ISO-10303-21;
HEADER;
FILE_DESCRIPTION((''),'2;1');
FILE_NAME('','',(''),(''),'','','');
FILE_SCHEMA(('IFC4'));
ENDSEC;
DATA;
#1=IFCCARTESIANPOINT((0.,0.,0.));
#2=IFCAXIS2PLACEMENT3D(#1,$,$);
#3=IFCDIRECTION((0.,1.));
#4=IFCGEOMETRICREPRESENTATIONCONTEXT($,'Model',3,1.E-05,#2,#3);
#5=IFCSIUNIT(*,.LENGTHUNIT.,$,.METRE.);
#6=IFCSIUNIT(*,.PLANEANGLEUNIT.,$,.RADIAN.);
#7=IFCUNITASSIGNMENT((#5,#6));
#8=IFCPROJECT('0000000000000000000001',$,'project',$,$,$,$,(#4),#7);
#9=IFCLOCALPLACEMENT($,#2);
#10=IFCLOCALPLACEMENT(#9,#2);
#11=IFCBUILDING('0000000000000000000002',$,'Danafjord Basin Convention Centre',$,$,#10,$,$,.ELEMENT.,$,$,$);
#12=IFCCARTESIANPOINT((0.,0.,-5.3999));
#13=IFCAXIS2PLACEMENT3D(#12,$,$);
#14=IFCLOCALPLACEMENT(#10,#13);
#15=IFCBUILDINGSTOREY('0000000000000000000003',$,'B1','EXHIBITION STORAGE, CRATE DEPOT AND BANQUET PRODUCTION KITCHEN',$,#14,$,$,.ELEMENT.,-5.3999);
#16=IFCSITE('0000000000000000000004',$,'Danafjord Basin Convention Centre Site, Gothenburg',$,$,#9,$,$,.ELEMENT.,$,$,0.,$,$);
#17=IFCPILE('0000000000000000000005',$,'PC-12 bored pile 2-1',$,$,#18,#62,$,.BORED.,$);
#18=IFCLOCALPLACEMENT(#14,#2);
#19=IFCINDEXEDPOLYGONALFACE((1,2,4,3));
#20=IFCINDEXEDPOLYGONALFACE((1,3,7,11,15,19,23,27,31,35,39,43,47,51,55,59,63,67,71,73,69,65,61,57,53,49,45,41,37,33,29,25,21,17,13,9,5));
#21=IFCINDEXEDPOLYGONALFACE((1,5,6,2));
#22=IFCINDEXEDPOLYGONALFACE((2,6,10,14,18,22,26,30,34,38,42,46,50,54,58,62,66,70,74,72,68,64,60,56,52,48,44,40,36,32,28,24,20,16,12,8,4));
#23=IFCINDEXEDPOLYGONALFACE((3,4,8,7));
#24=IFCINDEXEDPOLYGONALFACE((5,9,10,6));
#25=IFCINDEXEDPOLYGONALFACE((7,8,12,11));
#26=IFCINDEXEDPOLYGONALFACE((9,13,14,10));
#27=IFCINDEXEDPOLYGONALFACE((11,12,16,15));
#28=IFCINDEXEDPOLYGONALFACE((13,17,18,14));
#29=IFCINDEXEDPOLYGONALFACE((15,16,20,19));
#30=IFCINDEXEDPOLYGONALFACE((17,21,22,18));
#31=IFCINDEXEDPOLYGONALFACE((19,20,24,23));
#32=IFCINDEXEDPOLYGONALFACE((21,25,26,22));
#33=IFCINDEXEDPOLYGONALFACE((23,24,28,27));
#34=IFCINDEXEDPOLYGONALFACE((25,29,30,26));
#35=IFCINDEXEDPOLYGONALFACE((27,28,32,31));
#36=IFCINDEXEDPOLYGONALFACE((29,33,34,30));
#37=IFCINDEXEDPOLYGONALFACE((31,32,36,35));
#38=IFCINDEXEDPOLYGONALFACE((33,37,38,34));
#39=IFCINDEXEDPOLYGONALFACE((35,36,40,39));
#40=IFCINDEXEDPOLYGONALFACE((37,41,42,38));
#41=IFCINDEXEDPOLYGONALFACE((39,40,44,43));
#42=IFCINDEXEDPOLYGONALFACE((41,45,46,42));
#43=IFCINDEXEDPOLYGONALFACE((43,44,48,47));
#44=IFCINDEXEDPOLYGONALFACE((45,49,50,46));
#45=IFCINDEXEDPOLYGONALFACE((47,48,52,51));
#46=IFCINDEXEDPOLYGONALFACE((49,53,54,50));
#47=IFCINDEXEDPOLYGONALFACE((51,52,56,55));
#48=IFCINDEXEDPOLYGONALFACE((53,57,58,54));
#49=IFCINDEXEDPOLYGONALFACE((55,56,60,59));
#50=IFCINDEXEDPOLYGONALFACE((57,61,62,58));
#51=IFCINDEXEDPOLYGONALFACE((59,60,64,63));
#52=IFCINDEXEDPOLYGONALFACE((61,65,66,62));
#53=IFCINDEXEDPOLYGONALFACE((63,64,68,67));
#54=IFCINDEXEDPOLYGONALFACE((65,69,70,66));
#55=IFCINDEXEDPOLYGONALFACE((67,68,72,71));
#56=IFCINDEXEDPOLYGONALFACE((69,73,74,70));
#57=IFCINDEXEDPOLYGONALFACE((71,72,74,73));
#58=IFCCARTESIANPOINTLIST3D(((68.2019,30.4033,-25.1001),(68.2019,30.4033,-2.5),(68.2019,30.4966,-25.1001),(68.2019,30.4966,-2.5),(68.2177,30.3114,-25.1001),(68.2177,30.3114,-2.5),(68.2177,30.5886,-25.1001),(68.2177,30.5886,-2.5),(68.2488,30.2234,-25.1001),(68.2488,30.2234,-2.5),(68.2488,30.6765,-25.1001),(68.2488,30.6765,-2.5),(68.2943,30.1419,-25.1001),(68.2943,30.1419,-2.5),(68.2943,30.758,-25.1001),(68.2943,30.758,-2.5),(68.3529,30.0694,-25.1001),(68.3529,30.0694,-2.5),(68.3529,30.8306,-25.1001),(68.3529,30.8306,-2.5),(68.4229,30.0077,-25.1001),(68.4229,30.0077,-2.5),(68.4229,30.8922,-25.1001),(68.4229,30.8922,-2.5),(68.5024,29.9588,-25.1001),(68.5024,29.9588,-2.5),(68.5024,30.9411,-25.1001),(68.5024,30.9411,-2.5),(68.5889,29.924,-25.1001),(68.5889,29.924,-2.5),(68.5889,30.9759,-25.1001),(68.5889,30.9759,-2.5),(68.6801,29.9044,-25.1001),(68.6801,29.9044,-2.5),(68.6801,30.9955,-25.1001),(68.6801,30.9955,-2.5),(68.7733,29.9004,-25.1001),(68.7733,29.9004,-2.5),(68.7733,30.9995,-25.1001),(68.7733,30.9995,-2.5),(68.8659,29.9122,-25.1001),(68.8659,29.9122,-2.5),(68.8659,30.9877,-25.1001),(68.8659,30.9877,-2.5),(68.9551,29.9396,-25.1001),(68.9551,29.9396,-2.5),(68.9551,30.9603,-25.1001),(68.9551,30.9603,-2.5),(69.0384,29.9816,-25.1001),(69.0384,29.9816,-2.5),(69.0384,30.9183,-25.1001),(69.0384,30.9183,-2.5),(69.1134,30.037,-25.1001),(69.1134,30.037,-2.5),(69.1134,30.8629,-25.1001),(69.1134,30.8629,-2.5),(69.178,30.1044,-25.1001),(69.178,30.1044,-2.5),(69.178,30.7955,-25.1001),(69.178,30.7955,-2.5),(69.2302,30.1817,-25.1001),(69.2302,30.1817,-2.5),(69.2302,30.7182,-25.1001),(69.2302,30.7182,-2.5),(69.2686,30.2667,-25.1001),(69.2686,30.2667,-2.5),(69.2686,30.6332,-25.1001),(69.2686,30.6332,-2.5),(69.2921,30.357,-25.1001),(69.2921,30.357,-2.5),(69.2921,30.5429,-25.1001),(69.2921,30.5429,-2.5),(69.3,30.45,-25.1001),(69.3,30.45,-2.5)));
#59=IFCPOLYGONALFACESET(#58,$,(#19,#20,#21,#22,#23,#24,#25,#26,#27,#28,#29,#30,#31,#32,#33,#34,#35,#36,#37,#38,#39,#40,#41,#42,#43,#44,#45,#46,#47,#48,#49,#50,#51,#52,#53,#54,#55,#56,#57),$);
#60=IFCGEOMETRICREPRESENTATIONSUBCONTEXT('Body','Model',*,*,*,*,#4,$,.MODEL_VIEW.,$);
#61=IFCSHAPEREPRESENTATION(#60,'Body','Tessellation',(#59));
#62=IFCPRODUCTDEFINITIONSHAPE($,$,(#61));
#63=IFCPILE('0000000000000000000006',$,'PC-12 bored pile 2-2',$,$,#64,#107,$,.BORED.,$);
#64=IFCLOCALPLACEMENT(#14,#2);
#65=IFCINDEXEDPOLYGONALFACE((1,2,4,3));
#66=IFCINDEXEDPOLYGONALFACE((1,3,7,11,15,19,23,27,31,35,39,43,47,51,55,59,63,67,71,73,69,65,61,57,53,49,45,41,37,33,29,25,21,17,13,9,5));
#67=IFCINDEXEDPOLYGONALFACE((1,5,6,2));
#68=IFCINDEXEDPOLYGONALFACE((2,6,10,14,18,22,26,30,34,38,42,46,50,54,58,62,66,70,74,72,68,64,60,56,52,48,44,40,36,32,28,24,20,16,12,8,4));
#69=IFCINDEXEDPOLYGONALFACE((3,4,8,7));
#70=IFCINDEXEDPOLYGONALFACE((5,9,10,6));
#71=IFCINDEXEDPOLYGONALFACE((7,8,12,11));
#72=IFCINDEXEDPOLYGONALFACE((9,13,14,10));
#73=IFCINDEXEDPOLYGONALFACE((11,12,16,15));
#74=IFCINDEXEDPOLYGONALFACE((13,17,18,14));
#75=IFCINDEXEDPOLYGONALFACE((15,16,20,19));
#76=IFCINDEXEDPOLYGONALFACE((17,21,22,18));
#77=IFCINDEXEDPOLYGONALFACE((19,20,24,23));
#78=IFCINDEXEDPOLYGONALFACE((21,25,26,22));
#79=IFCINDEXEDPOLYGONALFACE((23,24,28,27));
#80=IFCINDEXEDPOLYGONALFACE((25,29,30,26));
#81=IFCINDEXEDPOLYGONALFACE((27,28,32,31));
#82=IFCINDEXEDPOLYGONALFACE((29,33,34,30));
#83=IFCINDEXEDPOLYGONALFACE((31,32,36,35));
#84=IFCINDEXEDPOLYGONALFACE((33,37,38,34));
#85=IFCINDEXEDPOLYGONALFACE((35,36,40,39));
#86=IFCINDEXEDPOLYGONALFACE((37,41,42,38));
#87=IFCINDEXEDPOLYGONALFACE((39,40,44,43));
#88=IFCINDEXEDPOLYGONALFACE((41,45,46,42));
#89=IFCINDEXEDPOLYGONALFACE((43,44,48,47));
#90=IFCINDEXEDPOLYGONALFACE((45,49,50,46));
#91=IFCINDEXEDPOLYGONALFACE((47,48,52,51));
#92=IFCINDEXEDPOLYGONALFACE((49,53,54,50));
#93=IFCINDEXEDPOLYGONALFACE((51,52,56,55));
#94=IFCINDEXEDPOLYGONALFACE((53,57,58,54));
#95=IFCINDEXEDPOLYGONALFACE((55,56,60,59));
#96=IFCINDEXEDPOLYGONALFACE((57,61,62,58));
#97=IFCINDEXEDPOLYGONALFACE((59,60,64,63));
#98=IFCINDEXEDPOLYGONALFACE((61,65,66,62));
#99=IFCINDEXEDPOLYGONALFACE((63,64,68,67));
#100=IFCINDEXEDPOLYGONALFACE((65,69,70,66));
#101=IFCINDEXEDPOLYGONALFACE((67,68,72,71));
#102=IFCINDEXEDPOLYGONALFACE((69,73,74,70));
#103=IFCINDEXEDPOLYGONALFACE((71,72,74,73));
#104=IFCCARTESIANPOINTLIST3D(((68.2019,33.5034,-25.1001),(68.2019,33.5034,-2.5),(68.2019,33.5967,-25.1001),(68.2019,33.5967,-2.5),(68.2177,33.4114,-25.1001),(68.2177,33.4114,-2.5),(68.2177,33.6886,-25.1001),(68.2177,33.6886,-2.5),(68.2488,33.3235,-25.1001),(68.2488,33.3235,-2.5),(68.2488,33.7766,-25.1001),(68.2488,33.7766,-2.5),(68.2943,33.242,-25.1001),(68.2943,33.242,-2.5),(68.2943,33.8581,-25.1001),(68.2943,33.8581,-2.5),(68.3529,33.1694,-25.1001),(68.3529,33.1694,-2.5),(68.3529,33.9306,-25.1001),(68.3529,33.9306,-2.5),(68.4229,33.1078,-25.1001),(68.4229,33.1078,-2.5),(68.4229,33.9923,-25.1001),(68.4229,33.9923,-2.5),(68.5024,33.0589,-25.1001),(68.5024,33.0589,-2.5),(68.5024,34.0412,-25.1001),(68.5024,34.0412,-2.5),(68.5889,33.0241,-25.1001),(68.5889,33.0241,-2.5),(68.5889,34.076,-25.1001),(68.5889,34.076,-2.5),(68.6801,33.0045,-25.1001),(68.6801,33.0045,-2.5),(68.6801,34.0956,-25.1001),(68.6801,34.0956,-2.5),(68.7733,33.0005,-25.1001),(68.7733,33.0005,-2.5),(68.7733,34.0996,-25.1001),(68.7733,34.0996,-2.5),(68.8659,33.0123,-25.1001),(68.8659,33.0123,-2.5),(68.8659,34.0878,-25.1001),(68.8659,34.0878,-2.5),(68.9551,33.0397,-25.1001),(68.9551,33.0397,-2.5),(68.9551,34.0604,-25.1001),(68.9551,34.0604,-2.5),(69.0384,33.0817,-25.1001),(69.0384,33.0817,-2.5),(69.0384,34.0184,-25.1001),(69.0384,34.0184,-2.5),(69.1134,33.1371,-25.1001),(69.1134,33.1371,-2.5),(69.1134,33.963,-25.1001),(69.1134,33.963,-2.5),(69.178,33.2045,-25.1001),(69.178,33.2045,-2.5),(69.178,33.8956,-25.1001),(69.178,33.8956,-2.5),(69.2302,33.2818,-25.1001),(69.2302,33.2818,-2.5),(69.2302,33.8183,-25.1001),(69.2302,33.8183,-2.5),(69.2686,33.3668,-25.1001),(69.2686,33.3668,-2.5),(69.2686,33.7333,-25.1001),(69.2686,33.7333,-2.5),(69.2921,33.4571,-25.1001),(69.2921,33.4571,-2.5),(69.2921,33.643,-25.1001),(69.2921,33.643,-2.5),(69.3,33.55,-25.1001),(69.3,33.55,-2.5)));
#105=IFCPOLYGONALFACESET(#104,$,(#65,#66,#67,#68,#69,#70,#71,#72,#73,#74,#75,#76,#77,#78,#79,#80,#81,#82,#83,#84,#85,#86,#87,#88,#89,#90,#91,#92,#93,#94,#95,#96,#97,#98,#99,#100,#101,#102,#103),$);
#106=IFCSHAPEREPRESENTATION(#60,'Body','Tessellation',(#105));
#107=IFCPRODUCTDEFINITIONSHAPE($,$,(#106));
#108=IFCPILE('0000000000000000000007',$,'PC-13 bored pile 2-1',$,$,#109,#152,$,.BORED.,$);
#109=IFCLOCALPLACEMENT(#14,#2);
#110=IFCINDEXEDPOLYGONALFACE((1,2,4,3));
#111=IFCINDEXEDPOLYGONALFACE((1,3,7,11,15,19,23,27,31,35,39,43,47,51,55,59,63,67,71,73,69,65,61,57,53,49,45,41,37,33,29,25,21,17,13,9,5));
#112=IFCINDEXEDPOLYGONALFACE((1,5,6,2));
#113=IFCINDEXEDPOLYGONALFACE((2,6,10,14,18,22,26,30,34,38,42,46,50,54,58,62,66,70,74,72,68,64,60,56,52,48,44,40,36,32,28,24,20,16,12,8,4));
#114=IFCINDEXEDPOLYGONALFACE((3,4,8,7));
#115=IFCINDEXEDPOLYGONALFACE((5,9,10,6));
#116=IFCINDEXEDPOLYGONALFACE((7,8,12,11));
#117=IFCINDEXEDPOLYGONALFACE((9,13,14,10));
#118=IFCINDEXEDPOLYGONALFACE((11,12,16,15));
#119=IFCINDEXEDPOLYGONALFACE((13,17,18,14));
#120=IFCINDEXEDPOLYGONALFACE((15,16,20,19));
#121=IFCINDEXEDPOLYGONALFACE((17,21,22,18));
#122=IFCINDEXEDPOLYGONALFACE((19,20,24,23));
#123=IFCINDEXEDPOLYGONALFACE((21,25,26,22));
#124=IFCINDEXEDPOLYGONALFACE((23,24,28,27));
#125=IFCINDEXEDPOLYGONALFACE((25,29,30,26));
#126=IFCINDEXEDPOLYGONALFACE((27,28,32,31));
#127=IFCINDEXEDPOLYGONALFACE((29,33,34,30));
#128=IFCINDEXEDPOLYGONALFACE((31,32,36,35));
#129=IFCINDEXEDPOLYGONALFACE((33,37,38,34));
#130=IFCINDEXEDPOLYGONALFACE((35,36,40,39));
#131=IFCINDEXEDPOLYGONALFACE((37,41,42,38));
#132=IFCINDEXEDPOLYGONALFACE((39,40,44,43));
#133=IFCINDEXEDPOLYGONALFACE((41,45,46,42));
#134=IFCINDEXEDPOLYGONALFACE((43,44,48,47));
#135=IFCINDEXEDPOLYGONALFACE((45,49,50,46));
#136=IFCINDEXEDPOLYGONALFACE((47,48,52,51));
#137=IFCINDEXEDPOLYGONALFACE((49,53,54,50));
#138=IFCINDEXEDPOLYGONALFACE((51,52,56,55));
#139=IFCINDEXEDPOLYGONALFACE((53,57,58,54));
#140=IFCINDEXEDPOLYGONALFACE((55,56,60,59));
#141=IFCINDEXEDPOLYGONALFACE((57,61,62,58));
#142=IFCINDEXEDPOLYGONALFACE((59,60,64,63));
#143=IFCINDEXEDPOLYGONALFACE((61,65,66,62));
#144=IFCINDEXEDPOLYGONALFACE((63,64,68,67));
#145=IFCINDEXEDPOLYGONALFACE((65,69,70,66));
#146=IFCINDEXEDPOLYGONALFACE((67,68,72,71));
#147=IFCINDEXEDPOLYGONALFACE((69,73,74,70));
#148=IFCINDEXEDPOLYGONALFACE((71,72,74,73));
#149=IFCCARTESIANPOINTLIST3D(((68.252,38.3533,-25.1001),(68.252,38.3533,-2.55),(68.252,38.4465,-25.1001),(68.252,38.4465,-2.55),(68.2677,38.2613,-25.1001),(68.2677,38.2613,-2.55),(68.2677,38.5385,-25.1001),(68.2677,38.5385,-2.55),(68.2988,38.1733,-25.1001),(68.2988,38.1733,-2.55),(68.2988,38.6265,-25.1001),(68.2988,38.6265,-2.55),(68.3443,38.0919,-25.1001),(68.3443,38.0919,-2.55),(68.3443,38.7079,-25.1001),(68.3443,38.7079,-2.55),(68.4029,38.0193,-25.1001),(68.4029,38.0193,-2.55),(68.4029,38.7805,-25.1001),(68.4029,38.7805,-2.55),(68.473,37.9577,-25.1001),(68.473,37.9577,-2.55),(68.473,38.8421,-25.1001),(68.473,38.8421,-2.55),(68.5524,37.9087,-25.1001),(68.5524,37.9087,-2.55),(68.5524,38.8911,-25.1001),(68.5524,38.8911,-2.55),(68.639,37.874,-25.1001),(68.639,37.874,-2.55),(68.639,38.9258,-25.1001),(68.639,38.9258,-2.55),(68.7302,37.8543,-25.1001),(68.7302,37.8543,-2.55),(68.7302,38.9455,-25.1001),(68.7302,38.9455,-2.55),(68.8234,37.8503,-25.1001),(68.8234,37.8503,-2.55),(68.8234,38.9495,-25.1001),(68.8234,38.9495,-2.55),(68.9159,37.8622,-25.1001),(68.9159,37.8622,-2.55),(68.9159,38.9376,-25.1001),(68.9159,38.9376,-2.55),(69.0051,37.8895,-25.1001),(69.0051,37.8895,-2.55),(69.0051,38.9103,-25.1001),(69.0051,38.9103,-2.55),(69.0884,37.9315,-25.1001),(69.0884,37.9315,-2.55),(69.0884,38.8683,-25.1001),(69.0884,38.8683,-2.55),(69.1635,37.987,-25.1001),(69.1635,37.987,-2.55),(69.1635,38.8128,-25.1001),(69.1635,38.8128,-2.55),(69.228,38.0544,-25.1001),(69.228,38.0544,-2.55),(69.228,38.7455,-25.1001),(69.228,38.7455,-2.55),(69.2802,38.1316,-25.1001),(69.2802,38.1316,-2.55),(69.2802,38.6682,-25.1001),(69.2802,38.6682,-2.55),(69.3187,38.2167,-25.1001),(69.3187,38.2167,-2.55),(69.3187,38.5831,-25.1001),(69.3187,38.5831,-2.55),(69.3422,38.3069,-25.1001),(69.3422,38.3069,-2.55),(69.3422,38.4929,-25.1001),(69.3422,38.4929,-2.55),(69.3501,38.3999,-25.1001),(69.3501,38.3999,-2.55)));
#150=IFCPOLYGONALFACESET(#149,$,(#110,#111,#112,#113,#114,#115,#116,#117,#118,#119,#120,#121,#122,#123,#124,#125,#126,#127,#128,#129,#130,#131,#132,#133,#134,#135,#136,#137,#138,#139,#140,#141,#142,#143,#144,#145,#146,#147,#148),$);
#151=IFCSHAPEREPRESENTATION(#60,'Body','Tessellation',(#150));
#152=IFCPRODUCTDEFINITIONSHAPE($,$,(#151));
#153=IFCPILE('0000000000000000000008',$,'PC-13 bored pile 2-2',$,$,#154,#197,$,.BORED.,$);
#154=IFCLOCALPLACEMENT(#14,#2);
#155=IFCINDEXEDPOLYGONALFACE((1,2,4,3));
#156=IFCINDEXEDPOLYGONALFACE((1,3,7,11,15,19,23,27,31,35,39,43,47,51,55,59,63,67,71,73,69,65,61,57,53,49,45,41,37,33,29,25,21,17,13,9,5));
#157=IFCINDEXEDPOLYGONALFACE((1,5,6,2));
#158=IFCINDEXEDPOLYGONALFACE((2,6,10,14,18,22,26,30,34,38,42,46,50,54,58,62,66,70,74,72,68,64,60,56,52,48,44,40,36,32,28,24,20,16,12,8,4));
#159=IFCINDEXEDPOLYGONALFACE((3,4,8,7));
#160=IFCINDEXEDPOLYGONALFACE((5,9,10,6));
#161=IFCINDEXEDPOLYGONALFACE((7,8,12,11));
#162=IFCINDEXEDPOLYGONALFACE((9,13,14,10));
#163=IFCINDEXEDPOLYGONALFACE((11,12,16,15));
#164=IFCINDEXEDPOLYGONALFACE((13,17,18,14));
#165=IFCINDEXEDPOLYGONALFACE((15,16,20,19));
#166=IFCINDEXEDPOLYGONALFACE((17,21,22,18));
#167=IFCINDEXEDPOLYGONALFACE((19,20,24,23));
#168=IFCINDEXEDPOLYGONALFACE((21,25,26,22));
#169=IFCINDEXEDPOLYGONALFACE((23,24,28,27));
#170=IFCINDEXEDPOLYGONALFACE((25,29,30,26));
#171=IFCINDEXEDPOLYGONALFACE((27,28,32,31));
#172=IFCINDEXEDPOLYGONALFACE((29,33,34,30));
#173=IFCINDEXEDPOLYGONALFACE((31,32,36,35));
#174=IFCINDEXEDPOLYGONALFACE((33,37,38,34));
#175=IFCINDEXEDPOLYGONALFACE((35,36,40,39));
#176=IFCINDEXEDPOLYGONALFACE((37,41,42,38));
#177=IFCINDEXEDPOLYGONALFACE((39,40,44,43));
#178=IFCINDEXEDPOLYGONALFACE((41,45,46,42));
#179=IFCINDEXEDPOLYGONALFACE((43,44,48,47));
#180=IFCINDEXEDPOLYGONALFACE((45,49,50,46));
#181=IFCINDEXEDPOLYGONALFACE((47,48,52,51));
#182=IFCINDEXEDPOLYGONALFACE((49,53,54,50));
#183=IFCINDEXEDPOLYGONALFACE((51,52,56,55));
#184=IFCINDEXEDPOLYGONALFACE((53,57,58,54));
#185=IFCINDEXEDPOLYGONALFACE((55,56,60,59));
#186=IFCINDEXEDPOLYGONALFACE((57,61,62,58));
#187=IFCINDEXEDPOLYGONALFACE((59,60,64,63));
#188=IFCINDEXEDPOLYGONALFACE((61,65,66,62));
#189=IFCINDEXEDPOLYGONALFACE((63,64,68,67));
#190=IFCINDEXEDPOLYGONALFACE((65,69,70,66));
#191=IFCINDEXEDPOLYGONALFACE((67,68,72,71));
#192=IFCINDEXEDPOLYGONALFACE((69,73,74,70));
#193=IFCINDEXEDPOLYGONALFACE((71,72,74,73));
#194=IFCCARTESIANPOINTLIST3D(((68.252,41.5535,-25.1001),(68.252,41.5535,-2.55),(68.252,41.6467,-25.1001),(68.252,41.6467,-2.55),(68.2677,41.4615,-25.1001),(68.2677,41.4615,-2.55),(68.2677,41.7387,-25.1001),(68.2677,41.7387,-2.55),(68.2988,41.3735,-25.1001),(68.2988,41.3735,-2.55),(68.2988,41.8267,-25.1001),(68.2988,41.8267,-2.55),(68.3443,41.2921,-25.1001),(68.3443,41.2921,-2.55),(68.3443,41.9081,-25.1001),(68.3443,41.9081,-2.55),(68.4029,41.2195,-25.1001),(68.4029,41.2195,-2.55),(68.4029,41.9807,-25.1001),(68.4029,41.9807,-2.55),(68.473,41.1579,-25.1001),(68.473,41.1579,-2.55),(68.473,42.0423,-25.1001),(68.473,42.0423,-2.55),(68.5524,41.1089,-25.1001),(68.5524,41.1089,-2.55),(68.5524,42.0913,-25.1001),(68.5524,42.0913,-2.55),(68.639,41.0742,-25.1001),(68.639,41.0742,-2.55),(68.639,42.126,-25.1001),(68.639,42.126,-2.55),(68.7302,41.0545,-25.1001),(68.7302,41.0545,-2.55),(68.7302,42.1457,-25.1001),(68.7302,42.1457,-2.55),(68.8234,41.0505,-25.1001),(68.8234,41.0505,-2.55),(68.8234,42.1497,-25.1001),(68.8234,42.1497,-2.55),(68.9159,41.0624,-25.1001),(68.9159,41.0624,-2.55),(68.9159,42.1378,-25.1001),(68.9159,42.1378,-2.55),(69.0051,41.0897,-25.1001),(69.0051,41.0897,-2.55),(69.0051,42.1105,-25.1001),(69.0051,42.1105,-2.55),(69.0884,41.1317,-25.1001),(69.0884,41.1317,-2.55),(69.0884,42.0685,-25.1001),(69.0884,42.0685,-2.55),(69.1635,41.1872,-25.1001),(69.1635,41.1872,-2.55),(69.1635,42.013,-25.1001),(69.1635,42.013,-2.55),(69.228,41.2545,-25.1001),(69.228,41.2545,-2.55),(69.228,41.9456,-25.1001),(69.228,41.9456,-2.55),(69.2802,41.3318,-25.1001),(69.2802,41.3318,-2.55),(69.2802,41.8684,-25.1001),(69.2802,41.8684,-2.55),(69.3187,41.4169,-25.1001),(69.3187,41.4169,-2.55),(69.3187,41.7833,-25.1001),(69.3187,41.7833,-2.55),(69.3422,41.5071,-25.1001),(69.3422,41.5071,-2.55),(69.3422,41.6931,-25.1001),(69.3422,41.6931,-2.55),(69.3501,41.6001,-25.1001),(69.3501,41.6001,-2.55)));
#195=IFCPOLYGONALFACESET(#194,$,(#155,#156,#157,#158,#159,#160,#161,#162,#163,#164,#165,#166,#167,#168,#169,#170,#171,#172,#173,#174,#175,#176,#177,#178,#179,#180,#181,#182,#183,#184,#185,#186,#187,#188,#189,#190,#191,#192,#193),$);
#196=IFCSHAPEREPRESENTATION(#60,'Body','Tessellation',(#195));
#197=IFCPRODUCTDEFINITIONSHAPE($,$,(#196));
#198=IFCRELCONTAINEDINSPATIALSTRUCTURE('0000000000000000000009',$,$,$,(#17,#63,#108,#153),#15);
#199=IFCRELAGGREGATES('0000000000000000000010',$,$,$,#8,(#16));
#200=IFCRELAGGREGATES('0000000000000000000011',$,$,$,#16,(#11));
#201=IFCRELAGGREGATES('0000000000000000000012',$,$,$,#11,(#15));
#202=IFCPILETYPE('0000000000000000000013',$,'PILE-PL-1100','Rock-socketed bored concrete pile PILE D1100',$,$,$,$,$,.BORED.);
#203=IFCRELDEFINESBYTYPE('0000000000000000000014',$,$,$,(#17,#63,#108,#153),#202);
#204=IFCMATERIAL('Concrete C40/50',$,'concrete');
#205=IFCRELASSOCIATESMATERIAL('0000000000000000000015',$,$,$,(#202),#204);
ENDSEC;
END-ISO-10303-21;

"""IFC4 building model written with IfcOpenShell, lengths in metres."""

from ifc_helpers import new_model, si_unit, direction, frame, origin, origin_2d, place, context, subcontext, project, spatial, circle, extrude, material, material_profile, profile_set, type_object, element, save


model = new_model("IFC4")

# Units and contexts
model_context = context("Model", 3, precision=1e-05, world=origin(), true_north=direction((0.0, 1.0)))
body_context = subcontext(model_context, "Body", "Model", "MODEL_VIEW")
ifc_project = project(units=[si_unit("LENGTHUNIT", "METRE"), si_unit("PLANEANGLEUNIT", "RADIAN")], contexts=[model_context])

# Site, building, storey
site_placement = place(None, origin())
site = spatial("IfcSite", under=ifc_project, at=site_placement, Name="Danafjord Basin Convention Centre Site, Gothenburg", CompositionType="ELEMENT", RefElevation=0.0)
building_placement = place(site_placement, origin())
building = spatial("IfcBuilding", under=site, at=building_placement, Name="Danafjord Basin Convention Centre", CompositionType="ELEMENT")
storey_placement = place(building_placement, frame((0.0, 0.0, -5.3999)))
storey = spatial("IfcBuildingStorey", under=building, at=storey_placement, Name="B1", Description="EXHIBITION STORAGE, CRATE DEPOT AND BANQUET PRODUCTION KITCHEN", CompositionType="ELEMENT", Elevation=-5.3999)

# Shared definitions
ifc_material_1 = material(Name="Concrete C40/50", Category="concrete")

# Piles
ifc_material_profile_1 = material_profile(ifc_material_1, circle(Radius=0.55, at=origin_2d()), Name="PILE D1100")
ifc_profile_set_1 = profile_set([ifc_material_profile_1], Name="Concrete C40/50")
pile_type_1 = type_object("IfcPileType", Name="PILE-PL-1100", Description="Rock-socketed bored concrete pile PILE D1100", PredefinedType="BORED", material=ifc_profile_set_1)
for number, where, z_axis, x_axis, name in (
    (1, (68.75, 30.45, -2.5), (0.0, 0.0, -1.0), (1.0, 0.0, 0.0), "PC-12 bored pile 2-1"),
    (2, (68.75, 33.55, -2.5), (0.0, 0.0, -1.0), (1.0, 0.0, 0.0), "PC-12 bored pile 2-2"),
):
    element("IfcPile", number, at=place(storey_placement, frame(where, z_axis=z_axis, x_axis=x_axis)), inside=storey, type_object=pile_type_1, Name=name, PredefinedType="BORED", context=body_context, shape_type="SweptSolid", body=[
        extrude(circle(Radius=0.55, at=origin_2d()), origin(), (0.0, 0.0, 1.0), 22.6001),
    ])
for number, where, z_axis, x_axis, name in (
    (3, (68.8, 38.3999, -2.55), (0.0, 0.0, -1.0), (1.0, 0.0, 0.0), "PC-13 bored pile 2-1"),
    (4, (68.8, 41.6001, -2.55), (0.0, 0.0, -1.0), (1.0, 0.0, 0.0), "PC-13 bored pile 2-2"),
):
    element("IfcPile", number, at=place(storey_placement, frame(where, z_axis=z_axis, x_axis=x_axis)), inside=storey, type_object=pile_type_1, Name=name, PredefinedType="BORED", context=body_context, shape_type="SweptSolid", body=[
        extrude(circle(Radius=0.55, at=origin_2d()), origin(), (0.0, 0.0, 1.0), 22.55),
    ])

save(model, "model.ifc")
